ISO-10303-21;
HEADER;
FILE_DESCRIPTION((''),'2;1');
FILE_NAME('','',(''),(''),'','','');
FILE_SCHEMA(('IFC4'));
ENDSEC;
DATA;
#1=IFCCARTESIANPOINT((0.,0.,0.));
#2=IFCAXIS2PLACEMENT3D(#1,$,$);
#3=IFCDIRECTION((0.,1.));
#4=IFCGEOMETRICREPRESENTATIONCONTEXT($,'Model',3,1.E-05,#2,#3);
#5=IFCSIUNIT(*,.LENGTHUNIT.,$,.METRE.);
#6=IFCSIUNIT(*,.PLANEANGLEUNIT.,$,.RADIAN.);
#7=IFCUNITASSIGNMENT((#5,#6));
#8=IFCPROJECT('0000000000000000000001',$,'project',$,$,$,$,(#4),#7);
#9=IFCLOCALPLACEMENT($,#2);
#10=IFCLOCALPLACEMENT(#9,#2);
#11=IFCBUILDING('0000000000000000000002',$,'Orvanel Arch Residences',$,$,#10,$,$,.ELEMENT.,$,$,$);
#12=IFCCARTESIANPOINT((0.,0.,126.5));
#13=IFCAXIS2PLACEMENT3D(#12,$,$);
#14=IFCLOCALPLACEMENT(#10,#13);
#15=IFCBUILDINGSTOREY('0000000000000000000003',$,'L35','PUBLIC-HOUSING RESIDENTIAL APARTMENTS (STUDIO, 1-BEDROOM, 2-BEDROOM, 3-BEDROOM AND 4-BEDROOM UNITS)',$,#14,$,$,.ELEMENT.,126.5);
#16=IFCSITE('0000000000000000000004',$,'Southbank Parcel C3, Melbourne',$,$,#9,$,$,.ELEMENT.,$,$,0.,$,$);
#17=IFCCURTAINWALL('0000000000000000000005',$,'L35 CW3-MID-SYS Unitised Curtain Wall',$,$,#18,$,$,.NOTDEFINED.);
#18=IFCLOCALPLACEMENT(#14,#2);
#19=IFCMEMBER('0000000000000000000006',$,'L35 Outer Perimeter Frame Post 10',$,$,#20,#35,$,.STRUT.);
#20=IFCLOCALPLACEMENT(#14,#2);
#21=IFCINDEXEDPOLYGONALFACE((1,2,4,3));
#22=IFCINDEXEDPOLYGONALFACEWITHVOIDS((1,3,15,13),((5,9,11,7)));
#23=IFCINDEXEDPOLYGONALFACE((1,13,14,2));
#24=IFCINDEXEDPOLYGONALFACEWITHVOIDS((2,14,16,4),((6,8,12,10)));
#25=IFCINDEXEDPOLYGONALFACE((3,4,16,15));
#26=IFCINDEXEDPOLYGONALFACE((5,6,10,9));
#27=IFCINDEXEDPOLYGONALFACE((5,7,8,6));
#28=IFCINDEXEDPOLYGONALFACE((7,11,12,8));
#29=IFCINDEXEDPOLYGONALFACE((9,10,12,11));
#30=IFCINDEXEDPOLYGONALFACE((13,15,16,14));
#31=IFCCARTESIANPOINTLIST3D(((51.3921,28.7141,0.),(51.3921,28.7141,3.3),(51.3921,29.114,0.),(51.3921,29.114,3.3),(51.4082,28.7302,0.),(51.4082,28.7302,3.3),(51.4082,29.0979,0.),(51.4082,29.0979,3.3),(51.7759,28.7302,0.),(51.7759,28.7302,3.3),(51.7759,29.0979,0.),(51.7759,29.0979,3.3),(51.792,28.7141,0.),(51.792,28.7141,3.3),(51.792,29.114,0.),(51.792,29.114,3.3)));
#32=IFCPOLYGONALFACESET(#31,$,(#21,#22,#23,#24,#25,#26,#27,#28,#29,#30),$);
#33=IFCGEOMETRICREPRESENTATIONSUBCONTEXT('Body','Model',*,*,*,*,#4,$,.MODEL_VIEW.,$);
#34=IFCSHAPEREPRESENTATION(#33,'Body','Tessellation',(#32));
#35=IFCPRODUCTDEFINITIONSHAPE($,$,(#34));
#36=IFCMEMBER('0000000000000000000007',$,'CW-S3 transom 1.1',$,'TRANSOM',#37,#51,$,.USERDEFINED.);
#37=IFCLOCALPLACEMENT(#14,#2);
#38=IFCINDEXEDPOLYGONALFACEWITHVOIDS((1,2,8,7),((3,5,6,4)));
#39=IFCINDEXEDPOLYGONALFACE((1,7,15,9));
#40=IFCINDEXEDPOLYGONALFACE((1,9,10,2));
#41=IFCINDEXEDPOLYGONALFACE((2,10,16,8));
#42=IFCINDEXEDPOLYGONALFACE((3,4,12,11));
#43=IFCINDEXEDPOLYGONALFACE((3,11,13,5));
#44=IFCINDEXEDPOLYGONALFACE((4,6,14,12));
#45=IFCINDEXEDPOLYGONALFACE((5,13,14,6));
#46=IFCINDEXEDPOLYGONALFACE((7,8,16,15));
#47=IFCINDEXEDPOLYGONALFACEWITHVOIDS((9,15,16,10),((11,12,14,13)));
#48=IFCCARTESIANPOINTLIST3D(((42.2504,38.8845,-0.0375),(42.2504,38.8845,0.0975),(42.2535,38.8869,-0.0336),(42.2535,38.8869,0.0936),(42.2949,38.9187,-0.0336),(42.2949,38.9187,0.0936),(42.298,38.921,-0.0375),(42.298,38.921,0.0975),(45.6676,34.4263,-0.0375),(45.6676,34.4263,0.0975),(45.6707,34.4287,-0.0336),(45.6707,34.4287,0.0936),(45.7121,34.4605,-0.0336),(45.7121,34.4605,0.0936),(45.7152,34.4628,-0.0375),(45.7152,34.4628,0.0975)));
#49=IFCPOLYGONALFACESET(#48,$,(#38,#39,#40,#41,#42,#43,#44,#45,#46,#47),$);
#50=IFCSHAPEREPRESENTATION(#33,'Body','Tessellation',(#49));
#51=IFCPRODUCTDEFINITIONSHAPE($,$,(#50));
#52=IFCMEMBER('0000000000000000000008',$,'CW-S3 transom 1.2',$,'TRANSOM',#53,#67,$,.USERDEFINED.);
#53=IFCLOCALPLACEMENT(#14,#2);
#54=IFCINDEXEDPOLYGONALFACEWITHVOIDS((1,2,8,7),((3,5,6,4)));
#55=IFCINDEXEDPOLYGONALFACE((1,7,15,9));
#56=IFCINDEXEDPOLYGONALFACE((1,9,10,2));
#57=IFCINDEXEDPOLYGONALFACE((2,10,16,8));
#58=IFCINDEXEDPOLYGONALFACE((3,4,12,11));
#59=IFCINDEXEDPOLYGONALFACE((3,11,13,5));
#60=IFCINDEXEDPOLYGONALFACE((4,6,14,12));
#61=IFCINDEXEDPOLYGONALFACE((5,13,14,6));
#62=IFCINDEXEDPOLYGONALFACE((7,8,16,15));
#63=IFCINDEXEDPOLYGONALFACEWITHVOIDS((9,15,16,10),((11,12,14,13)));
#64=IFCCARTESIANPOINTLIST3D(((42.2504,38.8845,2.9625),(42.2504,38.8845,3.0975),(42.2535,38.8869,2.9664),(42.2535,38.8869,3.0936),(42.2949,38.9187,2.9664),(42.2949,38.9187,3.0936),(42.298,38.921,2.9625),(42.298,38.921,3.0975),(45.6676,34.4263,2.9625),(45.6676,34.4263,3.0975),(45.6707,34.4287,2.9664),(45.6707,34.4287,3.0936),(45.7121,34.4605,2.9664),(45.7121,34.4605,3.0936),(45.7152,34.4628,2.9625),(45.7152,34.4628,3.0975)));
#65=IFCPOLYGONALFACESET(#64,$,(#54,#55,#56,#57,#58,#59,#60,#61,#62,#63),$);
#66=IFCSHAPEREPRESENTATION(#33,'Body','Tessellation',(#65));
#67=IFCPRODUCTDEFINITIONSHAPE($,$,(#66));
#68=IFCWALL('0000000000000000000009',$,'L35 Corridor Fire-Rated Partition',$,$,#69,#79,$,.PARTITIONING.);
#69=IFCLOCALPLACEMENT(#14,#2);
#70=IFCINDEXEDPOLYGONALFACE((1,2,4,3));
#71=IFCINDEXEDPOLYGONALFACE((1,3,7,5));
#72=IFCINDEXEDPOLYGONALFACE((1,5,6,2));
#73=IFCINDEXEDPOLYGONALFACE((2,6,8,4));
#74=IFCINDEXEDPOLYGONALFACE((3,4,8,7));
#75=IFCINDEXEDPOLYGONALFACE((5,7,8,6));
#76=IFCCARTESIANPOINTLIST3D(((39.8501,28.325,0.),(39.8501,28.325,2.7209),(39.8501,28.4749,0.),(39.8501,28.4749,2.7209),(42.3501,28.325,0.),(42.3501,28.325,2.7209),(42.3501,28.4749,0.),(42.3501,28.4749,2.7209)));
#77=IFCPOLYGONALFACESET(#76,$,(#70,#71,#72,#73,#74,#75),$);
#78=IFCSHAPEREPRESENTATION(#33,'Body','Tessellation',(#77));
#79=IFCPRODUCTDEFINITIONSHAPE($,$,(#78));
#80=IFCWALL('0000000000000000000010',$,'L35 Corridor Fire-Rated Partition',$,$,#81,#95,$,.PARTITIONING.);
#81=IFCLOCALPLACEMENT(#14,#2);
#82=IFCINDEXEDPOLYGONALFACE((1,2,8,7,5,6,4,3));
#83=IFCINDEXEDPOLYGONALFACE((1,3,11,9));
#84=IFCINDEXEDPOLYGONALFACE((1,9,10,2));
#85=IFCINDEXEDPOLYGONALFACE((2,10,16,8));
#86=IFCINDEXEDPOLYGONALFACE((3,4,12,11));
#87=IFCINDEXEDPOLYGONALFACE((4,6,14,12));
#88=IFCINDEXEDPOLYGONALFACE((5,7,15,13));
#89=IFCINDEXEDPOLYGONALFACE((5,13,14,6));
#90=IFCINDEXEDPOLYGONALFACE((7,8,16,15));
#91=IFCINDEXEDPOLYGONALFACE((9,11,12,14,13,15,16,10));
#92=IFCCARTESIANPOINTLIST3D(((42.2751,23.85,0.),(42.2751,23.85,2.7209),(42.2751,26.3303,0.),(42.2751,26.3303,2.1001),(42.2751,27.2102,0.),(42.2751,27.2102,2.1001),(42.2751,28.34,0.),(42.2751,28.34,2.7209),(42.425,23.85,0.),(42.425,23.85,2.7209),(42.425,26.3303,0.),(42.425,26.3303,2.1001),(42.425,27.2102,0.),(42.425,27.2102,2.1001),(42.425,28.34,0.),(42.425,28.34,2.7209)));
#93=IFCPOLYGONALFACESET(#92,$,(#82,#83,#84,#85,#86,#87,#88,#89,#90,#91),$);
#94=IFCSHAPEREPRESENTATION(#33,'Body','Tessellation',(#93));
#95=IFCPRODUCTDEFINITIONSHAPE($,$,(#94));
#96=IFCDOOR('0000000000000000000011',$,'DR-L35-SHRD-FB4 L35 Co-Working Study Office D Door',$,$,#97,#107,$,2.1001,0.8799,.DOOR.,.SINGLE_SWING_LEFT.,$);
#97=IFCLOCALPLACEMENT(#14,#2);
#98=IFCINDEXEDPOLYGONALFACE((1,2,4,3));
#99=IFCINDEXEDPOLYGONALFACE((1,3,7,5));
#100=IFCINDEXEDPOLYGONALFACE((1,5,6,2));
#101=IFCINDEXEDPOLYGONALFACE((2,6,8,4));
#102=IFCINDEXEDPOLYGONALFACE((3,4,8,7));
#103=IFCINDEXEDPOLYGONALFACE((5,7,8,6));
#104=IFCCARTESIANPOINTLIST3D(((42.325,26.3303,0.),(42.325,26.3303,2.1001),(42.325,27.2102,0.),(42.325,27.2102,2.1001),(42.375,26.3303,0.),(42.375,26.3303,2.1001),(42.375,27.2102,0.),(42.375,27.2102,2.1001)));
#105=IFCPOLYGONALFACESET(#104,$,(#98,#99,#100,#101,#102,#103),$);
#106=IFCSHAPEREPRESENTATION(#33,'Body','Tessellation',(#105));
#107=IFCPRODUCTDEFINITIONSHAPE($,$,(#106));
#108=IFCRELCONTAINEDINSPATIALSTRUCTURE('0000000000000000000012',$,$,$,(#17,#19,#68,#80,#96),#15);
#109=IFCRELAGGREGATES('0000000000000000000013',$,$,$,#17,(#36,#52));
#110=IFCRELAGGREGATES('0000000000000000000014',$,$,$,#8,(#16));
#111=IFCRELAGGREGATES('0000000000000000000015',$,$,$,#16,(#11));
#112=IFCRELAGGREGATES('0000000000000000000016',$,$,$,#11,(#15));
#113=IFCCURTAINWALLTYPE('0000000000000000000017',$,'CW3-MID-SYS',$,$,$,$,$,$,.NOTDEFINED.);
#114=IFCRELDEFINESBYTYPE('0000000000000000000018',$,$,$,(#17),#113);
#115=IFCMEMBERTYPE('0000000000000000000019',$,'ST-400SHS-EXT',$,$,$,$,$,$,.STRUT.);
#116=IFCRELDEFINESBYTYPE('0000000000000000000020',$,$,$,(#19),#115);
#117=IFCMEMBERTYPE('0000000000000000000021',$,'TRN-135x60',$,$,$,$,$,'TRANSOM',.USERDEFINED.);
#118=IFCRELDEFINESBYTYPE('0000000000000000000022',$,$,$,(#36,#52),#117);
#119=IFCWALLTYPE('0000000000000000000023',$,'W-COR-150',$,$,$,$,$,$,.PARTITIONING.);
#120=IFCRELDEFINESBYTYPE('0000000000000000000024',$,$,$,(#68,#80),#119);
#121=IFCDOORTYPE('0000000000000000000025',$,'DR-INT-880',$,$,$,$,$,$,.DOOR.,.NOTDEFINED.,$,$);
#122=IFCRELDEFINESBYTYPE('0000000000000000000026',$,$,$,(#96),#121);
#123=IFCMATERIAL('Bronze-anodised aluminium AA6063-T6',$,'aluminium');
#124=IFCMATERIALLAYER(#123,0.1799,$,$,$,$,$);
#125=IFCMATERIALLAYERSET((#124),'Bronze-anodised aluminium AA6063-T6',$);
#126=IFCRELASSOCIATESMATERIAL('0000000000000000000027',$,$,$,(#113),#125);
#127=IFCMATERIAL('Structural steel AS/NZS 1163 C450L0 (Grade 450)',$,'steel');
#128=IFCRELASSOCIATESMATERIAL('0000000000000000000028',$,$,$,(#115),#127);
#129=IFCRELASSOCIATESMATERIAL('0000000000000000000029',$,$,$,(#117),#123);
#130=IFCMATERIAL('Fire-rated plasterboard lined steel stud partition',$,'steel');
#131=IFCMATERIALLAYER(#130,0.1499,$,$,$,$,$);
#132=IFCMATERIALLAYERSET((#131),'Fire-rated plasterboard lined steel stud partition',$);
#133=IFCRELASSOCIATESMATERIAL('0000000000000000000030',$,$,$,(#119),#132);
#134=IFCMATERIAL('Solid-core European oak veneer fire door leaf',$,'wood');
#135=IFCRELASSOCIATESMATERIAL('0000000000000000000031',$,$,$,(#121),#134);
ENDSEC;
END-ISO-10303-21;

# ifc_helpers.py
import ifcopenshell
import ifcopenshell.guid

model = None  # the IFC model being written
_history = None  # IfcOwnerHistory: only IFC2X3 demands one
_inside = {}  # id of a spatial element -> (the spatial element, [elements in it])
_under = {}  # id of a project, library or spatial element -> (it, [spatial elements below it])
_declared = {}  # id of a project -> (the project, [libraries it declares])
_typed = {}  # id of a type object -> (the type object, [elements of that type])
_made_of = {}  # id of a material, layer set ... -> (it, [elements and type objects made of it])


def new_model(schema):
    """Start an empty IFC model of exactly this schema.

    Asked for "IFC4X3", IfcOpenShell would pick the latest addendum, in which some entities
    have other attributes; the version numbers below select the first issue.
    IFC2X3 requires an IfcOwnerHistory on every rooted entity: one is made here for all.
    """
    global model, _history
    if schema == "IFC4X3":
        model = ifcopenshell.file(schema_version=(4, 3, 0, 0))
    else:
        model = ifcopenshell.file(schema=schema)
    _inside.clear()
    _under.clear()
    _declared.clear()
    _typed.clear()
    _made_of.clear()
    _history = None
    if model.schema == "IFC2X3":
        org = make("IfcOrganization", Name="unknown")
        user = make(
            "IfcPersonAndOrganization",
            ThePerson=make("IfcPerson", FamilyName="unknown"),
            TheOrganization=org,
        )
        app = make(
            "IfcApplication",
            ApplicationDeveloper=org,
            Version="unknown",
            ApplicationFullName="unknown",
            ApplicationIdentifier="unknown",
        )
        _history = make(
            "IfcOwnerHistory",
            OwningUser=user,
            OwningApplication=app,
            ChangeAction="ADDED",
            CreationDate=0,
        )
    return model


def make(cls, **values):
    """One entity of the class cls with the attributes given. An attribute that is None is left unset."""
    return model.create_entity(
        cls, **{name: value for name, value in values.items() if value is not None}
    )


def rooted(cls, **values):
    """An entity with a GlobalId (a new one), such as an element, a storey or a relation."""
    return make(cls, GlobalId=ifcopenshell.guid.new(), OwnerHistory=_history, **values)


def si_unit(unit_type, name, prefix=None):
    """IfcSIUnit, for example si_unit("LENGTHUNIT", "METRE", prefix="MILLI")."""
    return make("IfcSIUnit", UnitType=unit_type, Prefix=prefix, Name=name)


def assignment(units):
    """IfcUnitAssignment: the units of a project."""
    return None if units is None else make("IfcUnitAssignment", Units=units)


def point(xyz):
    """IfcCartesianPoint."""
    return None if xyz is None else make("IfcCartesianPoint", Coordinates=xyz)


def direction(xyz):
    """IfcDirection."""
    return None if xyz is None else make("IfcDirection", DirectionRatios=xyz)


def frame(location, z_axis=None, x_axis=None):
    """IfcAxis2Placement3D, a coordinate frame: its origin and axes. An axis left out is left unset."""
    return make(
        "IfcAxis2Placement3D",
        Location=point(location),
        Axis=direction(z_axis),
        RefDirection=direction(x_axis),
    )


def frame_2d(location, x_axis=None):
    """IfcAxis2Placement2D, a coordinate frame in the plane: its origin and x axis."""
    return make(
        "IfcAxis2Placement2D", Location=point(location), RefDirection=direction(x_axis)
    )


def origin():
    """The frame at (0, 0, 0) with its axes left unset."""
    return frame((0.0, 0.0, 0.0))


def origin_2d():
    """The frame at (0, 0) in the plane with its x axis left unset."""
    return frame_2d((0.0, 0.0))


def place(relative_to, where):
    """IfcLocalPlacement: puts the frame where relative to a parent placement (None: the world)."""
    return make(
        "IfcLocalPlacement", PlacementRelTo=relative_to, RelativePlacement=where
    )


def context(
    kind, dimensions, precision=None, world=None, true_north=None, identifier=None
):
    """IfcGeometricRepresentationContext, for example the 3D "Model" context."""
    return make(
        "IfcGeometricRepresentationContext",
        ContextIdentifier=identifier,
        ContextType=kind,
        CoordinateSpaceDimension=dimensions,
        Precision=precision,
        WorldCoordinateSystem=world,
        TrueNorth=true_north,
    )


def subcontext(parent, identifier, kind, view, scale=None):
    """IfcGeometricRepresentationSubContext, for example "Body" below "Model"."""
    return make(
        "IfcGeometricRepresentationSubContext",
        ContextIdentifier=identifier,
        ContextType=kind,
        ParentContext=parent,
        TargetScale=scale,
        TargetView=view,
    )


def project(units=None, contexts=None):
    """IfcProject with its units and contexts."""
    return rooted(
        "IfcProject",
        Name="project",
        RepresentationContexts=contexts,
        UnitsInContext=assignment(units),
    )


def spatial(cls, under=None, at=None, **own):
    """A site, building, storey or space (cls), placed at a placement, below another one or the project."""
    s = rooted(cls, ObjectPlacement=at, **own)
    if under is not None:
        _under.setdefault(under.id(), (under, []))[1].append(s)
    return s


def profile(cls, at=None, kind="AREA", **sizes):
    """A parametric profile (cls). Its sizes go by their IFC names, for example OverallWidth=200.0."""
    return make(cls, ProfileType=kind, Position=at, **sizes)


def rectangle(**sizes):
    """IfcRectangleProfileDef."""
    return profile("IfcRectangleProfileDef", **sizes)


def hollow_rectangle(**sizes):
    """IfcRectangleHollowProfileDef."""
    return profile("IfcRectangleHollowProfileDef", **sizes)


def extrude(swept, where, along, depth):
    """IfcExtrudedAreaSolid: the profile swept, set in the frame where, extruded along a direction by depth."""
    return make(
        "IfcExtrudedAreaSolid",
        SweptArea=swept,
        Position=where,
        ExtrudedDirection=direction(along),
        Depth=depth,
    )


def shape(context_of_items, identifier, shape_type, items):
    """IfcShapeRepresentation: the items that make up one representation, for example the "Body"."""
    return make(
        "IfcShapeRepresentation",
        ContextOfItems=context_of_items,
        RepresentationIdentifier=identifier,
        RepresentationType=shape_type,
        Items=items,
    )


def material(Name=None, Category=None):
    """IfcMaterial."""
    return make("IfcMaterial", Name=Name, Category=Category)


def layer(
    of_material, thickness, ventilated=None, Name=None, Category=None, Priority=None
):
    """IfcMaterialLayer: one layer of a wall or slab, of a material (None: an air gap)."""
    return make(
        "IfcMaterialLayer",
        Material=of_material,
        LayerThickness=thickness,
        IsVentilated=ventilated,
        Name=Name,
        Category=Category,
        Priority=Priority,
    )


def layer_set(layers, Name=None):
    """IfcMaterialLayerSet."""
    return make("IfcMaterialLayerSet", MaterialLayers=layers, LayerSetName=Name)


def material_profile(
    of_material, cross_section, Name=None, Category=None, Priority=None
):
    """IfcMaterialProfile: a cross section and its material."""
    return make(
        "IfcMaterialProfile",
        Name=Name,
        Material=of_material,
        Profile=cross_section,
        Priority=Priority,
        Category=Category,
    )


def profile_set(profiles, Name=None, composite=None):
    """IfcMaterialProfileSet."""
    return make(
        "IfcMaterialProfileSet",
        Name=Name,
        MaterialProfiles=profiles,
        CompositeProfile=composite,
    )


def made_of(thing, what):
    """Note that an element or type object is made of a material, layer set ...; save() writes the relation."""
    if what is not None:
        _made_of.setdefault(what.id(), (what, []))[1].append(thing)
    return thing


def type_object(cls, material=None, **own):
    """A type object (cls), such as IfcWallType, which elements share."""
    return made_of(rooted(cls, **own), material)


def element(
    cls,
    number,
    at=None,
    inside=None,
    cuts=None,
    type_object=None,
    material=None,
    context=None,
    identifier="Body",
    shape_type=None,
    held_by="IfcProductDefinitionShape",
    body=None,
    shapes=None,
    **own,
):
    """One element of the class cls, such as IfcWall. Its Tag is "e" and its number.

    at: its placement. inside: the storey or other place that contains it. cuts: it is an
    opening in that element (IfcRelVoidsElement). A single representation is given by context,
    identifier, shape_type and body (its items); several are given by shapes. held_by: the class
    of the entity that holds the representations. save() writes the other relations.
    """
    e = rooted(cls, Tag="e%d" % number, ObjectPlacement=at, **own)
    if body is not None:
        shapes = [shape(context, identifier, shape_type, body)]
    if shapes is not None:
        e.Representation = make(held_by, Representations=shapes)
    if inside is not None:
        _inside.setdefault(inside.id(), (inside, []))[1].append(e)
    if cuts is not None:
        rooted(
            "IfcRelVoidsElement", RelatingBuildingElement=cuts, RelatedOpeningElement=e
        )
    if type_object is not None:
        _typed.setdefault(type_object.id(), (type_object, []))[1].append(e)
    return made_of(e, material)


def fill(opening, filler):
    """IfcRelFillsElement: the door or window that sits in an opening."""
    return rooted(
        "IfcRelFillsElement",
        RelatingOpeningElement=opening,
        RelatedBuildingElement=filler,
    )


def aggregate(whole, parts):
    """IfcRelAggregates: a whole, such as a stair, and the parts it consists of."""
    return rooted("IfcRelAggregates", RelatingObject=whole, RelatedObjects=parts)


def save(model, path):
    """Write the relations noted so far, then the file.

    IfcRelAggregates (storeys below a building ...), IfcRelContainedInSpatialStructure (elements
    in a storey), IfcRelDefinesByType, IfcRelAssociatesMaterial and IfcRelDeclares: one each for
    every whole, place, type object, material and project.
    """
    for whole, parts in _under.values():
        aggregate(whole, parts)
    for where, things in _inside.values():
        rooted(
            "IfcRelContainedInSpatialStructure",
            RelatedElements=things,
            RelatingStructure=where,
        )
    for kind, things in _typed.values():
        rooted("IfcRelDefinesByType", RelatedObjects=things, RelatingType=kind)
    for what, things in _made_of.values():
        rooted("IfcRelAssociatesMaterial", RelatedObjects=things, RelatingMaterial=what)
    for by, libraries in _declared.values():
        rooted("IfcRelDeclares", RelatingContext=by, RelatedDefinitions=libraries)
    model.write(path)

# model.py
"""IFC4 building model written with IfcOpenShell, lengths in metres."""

from ifc_helpers import new_model, si_unit, direction, frame, frame_2d, origin, origin_2d, place, context, subcontext, project, spatial, rectangle, hollow_rectangle, extrude, material, layer, layer_set, material_profile, profile_set, type_object, element, fill, aggregate, save


model = new_model("IFC4")

# Units and contexts
model_context = context("Model", 3, precision=1e-05, world=origin(), true_north=direction((0.0, 1.0)))
body_context = subcontext(model_context, "Body", "Model", "MODEL_VIEW")
ifc_project = project(units=[si_unit("LENGTHUNIT", "METRE"), si_unit("PLANEANGLEUNIT", "RADIAN")], contexts=[model_context])

# Site, building, storey
site_placement = place(None, origin())
site = spatial("IfcSite", under=ifc_project, at=site_placement, Name="Southbank Parcel C3, Melbourne", CompositionType="ELEMENT", RefElevation=0.0)
building_placement = place(site_placement, origin())
building = spatial("IfcBuilding", under=site, at=building_placement, Name="Orvanel Arch Residences", CompositionType="ELEMENT")
storey_placement = place(building_placement, frame((0.0, 0.0, 126.5)))
storey = spatial("IfcBuildingStorey", under=building, at=storey_placement, Name="L35", Description="PUBLIC-HOUSING RESIDENTIAL APARTMENTS (STUDIO, 1-BEDROOM, 2-BEDROOM, 3-BEDROOM AND 4-BEDROOM UNITS)", CompositionType="ELEMENT", Elevation=126.5)

# Shared definitions
ifc_material_1 = material(Name="Structural steel AS/NZS 1163 C450L0 (Grade 450)", Category="steel")

# Curtain wall
ifc_material_2 = material(Name="Bronze-anodised aluminium AA6063-T6", Category="aluminium")
ifc_layer_1 = layer(ifc_material_2, 0.1799)
ifc_layer_set_1 = layer_set([ifc_layer_1], Name="Bronze-anodised aluminium AA6063-T6")
curtain_wall_type = type_object("IfcCurtainWallType", Name="CW3-MID-SYS", PredefinedType="NOTDEFINED", material=ifc_layer_set_1)
curtain_wall_placement = place(storey_placement, origin())
curtain_wall = element("IfcCurtainWall", 1, at=curtain_wall_placement, inside=storey, type_object=curtain_wall_type, Name="L35 CW3-MID-SYS Unitised Curtain Wall", PredefinedType="NOTDEFINED")

# Members
ifc_material_profile_1 = material_profile(ifc_material_1, hollow_rectangle(XDim=0.3999, YDim=0.3999, WallThickness=0.0161, at=origin_2d()), Name="SHS400x400x16")
ifc_profile_set_1 = profile_set([ifc_material_profile_1], Name="Structural steel AS/NZS 1163 C450L0 (Grade 450)")
member_type_1 = type_object("IfcMemberType", Name="ST-400SHS-EXT", PredefinedType="STRUT", material=ifc_profile_set_1)
member_1_placement = place(storey_placement, frame((51.592, 28.9141, 0.0), z_axis=(0.0, 0.0, 1.0), x_axis=(1.0, 0.0, 0.0)))
element("IfcMember", 2, at=member_1_placement, inside=storey, type_object=member_type_1, Name="L35 Outer Perimeter Frame Post 10", PredefinedType="STRUT", context=body_context, shape_type="SweptSolid", body=[
    extrude(hollow_rectangle(XDim=0.3999, YDim=0.3999, WallThickness=0.0161, at=origin_2d()), origin(), (0.0, 0.0, 1.0), 3.3),
])
ifc_material_profile_2 = material_profile(ifc_material_2, hollow_rectangle(XDim=0.0601, YDim=0.135, WallThickness=0.0039, at=origin_2d()), Name="ALU135x60x4")
ifc_profile_set_2 = profile_set([ifc_material_profile_2], Name="Bronze-anodised aluminium AA6063-T6")
member_type_2 = type_object("IfcMemberType", Name="TRN-135x60", ElementType="TRANSOM", PredefinedType="USERDEFINED", material=ifc_profile_set_2)
member_2_placement = place(storey_placement, frame((45.6914, 34.4446, 0.03), z_axis=(-0.608347, 0.793671, 0.0), x_axis=(-0.793671, -0.608347, 0.0)))
member_2 = element("IfcMember", 3, at=member_2_placement, type_object=member_type_2, Name="CW-S3 transom 1.1", ObjectType="TRANSOM", PredefinedType="USERDEFINED", context=body_context, shape_type="SweptSolid", body=[
    extrude(hollow_rectangle(XDim=0.0601, YDim=0.135, WallThickness=0.0039, at=origin_2d()), origin(), (0.0, 0.0, 1.0), 5.6172),
])
member_3_placement = place(storey_placement, frame((45.6914, 34.4446, 3.03), z_axis=(-0.608347, 0.793671, 0.0), x_axis=(-0.793671, -0.608347, 0.0)))
member_3 = element("IfcMember", 4, at=member_3_placement, type_object=member_type_2, Name="CW-S3 transom 1.2", ObjectType="TRANSOM", PredefinedType="USERDEFINED", context=body_context, shape_type="SweptSolid", body=[
    extrude(hollow_rectangle(XDim=0.0601, YDim=0.135, WallThickness=0.0039, at=origin_2d()), origin(), (0.0, 0.0, 1.0), 5.6172),
])
aggregate(curtain_wall, [member_2, member_3])

# Wall
ifc_material_3 = material(Name="Fire-rated plasterboard lined steel stud partition", Category="steel")
ifc_layer_2 = layer(ifc_material_3, 0.1499)
ifc_layer_set_2 = layer_set([ifc_layer_2], Name="Fire-rated plasterboard lined steel stud partition")
wall_type = type_object("IfcWallType", Name="W-COR-150", PredefinedType="PARTITIONING", material=ifc_layer_set_2)
wall_1_placement = place(storey_placement, frame((39.8501, 28.3999, 0.0), z_axis=(0.0, 0.0, 1.0), x_axis=(1.0, 0.0, 0.0)))
element("IfcWall", 5, at=wall_1_placement, inside=storey, type_object=wall_type, Name="L35 Corridor Fire-Rated Partition", PredefinedType="PARTITIONING", context=body_context, shape_type="SweptSolid", body=[
    extrude(rectangle(XDim=2.5, YDim=0.1499, at=frame_2d((1.25, 0.0))), origin(), (0.0, 0.0, 1.0), 2.7209),
])

# Wall, opening, door
wall_2_placement = place(storey_placement, frame((42.3501, 28.3401, 0.0), z_axis=(0.0, 0.0, 1.0), x_axis=(0.0, -1.0, 0.0)))
wall_2 = element("IfcWall", 6, at=wall_2_placement, inside=storey, type_object=wall_type, Name="L35 Corridor Fire-Rated Partition", PredefinedType="PARTITIONING", context=body_context, shape_type="SweptSolid", body=[
    extrude(rectangle(XDim=4.49, YDim=0.1499, at=frame_2d((2.2451, 0.0))), origin(), (0.0, 0.0, 1.0), 2.7209),
])
opening_placement = place(wall_2_placement, frame((1.1299, 0.0, 0.0)))
opening = element("IfcOpeningElement", 7, at=opening_placement, cuts=wall_2, PredefinedType="OPENING", context=body_context, shape_type="SweptSolid", body=[
    extrude(rectangle(XDim=0.8799, YDim=2.1001, at=frame_2d((0.4399, 1.05))), frame((0.0, 0.085, 0.0), z_axis=(0.0, -1.0, 0.0), x_axis=(1.0, 0.0, 0.0)), (0.0, 0.0, 1.0), 0.1699),
])
ifc_material_4 = material(Name="Solid-core European oak veneer fire door leaf", Category="wood")
door_type = type_object("IfcDoorType", Name="DR-INT-880", OperationType="NOTDEFINED", PredefinedType="DOOR", material=ifc_material_4)
door_placement = place(opening_placement, origin())
door = element("IfcDoor", 8, at=door_placement, inside=storey, type_object=door_type, Name="DR-L35-SHRD-FB4 L35 Co-Working Study Office D Door", OperationType="SINGLE_SWING_LEFT", OverallHeight=2.1001, OverallWidth=0.8799, PredefinedType="DOOR", context=body_context, shape_type="SweptSolid", body=[
    extrude(rectangle(XDim=0.8799, YDim=2.1001, at=frame_2d((0.4399, 1.05))), frame((0.0, 0.0249, 0.0), z_axis=(0.0, -1.0, 0.0), x_axis=(1.0, 0.0, 0.0)), (0.0, 0.0, 1.0), 0.05),
])
fill(opening, door)

save(model, "model.ifc")
